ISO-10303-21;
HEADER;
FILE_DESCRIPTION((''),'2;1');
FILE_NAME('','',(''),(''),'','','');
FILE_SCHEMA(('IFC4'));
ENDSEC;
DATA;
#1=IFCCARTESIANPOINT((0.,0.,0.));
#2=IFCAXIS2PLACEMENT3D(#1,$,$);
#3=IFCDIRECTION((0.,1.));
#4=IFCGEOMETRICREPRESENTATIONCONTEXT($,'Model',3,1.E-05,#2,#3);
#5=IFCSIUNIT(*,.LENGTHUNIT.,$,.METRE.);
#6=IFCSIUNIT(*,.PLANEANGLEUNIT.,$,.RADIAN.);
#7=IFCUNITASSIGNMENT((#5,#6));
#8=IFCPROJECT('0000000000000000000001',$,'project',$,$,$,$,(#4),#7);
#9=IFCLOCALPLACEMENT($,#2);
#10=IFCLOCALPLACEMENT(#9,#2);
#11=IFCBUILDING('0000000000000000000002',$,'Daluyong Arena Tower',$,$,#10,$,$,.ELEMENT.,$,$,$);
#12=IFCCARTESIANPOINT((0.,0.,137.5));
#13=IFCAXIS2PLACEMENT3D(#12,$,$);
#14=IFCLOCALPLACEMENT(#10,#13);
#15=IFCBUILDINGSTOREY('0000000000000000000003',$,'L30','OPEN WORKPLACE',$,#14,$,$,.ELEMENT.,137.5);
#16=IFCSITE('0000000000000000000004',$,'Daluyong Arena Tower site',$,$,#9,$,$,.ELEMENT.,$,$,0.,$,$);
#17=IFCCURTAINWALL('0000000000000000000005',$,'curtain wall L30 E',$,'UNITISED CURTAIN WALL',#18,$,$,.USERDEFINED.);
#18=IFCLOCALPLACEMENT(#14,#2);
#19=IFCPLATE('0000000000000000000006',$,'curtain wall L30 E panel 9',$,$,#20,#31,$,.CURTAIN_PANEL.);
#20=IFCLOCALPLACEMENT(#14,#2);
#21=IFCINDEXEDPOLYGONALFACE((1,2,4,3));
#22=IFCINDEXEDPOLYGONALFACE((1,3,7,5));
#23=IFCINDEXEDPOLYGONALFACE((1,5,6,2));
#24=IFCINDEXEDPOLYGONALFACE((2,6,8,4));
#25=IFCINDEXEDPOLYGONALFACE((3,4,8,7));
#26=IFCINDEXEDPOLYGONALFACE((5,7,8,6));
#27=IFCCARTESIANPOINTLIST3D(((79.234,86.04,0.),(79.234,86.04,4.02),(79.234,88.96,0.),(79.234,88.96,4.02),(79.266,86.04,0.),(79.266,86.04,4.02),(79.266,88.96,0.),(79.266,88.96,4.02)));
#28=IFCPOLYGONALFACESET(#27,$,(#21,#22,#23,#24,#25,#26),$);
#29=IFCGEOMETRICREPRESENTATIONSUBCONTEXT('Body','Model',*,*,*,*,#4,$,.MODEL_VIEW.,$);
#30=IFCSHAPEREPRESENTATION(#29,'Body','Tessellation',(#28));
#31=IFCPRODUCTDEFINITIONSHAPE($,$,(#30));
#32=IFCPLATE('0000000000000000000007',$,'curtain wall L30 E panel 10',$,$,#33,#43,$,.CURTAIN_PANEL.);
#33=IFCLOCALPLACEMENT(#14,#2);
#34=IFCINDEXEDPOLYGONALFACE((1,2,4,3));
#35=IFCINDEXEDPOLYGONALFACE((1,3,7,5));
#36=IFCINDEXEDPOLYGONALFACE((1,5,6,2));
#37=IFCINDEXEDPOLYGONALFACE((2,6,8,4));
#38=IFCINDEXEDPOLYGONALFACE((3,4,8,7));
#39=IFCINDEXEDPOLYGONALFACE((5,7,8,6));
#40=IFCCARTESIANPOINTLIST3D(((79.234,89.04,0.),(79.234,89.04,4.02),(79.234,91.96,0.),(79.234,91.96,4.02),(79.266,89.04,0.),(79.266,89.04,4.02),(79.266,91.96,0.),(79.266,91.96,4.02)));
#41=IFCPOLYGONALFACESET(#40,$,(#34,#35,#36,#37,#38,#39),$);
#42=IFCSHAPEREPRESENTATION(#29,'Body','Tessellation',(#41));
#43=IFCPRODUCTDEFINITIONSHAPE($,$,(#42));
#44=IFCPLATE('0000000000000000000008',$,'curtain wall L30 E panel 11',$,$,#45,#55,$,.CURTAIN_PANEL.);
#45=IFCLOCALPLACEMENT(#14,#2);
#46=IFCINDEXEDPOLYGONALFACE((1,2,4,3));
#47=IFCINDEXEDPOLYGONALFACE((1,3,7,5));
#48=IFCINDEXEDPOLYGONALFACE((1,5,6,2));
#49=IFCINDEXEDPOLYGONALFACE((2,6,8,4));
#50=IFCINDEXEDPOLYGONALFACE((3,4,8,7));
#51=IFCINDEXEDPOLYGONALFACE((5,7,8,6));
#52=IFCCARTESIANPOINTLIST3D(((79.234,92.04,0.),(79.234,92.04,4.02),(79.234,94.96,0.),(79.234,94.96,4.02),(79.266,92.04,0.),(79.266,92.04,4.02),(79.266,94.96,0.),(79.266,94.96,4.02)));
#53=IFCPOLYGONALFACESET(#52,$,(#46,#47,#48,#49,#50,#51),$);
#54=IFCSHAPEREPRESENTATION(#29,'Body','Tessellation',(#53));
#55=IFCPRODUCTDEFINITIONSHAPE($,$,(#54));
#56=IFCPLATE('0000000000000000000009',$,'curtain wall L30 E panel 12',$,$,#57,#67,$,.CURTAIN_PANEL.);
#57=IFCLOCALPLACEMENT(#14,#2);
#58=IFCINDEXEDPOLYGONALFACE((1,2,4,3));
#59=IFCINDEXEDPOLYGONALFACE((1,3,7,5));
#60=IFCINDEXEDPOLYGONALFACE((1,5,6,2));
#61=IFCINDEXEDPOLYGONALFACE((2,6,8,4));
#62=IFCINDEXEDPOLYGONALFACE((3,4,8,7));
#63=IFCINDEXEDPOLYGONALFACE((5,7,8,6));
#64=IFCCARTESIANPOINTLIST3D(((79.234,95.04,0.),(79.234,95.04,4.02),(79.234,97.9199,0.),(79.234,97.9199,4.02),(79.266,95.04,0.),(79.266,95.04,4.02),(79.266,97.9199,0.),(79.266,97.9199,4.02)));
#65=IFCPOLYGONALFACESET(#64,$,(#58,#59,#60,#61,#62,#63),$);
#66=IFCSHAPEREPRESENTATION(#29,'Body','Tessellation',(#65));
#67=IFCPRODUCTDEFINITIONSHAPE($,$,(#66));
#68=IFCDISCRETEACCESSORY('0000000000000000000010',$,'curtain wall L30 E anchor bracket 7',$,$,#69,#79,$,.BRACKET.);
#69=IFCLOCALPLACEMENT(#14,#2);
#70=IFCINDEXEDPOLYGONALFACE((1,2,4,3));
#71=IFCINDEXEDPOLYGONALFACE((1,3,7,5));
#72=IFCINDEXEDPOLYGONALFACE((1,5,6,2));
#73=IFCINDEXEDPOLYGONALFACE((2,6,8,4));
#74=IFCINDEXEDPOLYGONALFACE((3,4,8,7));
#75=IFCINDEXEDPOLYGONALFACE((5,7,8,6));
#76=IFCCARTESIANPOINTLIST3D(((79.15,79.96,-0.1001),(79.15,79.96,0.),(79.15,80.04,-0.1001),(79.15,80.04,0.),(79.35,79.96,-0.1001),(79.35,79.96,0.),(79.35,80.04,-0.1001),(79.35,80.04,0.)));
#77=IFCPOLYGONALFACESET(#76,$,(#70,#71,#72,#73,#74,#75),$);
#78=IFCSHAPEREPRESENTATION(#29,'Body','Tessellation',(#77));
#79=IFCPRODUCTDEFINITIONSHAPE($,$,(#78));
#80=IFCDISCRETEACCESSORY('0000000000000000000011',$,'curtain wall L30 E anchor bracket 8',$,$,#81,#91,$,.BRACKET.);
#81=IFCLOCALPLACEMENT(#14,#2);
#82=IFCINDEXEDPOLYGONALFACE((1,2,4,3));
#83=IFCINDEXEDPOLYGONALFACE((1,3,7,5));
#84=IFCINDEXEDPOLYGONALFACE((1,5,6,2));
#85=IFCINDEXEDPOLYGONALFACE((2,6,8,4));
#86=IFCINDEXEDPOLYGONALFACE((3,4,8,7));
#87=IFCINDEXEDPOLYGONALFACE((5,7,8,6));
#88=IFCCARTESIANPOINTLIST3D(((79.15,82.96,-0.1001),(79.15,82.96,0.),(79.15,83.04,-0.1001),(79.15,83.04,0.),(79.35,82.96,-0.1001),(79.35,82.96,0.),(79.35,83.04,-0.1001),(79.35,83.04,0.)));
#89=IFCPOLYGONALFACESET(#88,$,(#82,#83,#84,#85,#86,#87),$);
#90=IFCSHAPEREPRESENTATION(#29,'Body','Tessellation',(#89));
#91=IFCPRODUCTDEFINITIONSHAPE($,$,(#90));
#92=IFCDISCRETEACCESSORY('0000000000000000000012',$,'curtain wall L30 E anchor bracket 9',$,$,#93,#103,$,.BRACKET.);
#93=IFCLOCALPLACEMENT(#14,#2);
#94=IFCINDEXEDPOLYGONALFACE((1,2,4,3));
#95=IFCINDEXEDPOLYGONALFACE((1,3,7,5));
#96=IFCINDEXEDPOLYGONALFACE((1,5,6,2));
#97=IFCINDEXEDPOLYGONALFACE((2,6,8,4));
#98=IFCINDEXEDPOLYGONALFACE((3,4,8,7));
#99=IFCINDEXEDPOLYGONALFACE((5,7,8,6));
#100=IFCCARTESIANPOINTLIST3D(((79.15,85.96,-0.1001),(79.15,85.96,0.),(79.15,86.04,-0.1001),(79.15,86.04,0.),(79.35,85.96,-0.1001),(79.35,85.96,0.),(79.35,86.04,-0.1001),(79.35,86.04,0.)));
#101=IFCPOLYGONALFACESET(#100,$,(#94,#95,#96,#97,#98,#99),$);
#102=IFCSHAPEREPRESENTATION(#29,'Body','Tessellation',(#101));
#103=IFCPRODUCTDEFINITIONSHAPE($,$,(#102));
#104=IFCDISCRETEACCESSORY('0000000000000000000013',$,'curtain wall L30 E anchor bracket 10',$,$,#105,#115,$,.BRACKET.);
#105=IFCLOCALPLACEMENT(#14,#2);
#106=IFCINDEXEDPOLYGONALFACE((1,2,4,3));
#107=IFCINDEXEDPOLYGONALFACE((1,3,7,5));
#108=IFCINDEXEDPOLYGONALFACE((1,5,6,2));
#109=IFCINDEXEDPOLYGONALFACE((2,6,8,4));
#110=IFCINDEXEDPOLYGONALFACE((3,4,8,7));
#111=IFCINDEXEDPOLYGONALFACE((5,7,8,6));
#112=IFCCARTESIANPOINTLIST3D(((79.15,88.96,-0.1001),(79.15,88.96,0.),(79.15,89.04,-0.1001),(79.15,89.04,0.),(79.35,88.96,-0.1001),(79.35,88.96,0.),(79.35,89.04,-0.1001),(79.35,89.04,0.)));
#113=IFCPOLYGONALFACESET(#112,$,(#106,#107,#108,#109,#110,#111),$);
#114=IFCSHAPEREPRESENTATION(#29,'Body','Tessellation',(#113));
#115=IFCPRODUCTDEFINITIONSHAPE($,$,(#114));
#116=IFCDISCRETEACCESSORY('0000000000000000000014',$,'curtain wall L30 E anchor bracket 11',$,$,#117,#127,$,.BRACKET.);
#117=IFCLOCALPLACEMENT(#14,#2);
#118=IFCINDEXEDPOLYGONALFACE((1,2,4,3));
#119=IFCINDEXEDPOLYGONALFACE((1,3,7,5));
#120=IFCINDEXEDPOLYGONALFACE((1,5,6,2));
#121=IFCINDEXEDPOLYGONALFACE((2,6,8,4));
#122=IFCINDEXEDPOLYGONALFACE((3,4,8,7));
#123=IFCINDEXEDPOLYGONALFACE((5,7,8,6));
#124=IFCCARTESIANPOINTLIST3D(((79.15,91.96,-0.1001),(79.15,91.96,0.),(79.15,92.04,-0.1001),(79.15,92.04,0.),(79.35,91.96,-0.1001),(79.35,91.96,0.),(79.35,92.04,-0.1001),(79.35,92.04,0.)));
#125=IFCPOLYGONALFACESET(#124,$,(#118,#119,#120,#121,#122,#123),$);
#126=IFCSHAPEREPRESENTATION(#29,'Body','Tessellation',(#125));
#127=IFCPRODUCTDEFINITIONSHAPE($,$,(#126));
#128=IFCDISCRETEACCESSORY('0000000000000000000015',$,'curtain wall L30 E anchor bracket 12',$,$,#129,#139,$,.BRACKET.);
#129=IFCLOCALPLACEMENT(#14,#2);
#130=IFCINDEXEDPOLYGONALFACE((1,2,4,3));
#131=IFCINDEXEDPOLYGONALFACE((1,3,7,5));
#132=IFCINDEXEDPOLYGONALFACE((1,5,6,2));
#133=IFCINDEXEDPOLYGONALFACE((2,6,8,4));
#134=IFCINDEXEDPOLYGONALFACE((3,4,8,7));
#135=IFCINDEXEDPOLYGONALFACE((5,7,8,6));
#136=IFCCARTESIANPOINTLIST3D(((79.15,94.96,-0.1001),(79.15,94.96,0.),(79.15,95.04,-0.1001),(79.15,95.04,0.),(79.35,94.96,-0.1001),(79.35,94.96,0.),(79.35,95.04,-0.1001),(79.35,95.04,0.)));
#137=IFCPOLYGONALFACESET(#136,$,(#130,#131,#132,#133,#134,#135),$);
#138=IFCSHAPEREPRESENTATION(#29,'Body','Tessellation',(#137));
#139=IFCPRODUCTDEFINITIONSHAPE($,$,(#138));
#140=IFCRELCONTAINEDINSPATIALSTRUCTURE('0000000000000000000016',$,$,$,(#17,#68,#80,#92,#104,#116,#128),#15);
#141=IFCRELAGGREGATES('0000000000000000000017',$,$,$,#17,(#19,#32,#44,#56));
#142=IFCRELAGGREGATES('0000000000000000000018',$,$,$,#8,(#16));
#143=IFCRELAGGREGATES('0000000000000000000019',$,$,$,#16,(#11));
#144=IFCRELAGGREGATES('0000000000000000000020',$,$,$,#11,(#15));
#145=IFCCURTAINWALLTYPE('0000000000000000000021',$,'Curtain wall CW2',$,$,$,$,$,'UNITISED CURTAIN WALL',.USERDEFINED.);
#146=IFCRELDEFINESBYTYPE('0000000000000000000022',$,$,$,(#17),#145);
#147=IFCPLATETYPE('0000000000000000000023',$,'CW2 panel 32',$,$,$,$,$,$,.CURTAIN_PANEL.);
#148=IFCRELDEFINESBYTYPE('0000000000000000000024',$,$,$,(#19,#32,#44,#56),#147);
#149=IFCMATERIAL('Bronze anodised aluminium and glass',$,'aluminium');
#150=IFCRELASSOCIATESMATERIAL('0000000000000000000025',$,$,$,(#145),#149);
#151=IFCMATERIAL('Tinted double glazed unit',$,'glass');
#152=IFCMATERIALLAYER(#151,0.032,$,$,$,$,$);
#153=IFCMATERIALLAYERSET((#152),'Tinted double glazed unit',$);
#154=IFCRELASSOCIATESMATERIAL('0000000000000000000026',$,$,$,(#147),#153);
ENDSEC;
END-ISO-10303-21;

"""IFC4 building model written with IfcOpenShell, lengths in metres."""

from ifc_helpers import new_model, si_unit, direction, frame, origin, origin_2d, place, context, subcontext, project, spatial, rectangle, extrude, material, layer, layer_set, type_object, element, aggregate, save


model = new_model("IFC4")

# Units and contexts
model_context = context("Model", 3, precision=1e-05, world=origin(), true_north=direction((0.0, 1.0)))
body_context = subcontext(model_context, "Body", "Model", "MODEL_VIEW")
ifc_project = project(units=[si_unit("LENGTHUNIT", "METRE"), si_unit("PLANEANGLEUNIT", "RADIAN")], contexts=[model_context])

# Site, building, storey
site_placement = place(None, origin())
site = spatial("IfcSite", under=ifc_project, at=site_placement, Name="Daluyong Arena Tower site", CompositionType="ELEMENT", RefElevation=0.0)
building_placement = place(site_placement, origin())
building = spatial("IfcBuilding", under=site, at=building_placement, Name="Daluyong Arena Tower", CompositionType="ELEMENT")
storey_placement = place(building_placement, frame((0.0, 0.0, 137.5)))
storey = spatial("IfcBuildingStorey", under=building, at=storey_placement, Name="L30", Description="OPEN WORKPLACE", CompositionType="ELEMENT", Elevation=137.5)

# Curtain wall
ifc_material_1 = material(Name="Bronze anodised aluminium and glass", Category="aluminium")
curtain_wall_type = type_object("IfcCurtainWallType", Name="Curtain wall CW2", ElementType="UNITISED CURTAIN WALL", PredefinedType="USERDEFINED", material=ifc_material_1)
curtain_wall_placement = place(storey_placement, origin())
curtain_wall = element("IfcCurtainWall", 1, at=curtain_wall_placement, inside=storey, type_object=curtain_wall_type, Name="curtain wall L30 E", ObjectType="UNITISED CURTAIN WALL", PredefinedType="USERDEFINED")

# Plates
ifc_material_2 = material(Name="Tinted double glazed unit", Category="glass")
ifc_layer = layer(ifc_material_2, 0.032)
ifc_layer_set = layer_set([ifc_layer], Name="Tinted double glazed unit")
plate_type = type_object("IfcPlateType", Name="CW2 panel 32", PredefinedType="CURTAIN_PANEL", material=ifc_layer_set)
plate_1_placement = place(storey_placement, frame((79.25, 87.5, 0.0), z_axis=(0.0, 0.0, 1.0), x_axis=(0.0, 1.0, 0.0)))
plate_1 = element("IfcPlate", 2, at=plate_1_placement, type_object=plate_type, Name="curtain wall L30 E panel 9", PredefinedType="CURTAIN_PANEL", context=body_context, shape_type="SweptSolid", body=[
    extrude(rectangle(XDim=2.9199, YDim=0.032, at=origin_2d()), origin(), (0.0, 0.0, 1.0), 4.02),
])
plate_2_placement = place(storey_placement, frame((79.25, 90.5, 0.0), z_axis=(0.0, 0.0, 1.0), x_axis=(0.0, 1.0, 0.0)))
plate_2 = element("IfcPlate", 3, at=plate_2_placement, type_object=plate_type, Name="curtain wall L30 E panel 10", PredefinedType="CURTAIN_PANEL", context=body_context, shape_type="SweptSolid", body=[
    extrude(rectangle(XDim=2.9199, YDim=0.032, at=origin_2d()), origin(), (0.0, 0.0, 1.0), 4.02),
])
plate_3_placement = place(storey_placement, frame((79.25, 93.5, 0.0), z_axis=(0.0, 0.0, 1.0), x_axis=(0.0, 1.0, 0.0)))
plate_3 = element("IfcPlate", 4, at=plate_3_placement, type_object=plate_type, Name="curtain wall L30 E panel 11", PredefinedType="CURTAIN_PANEL", context=body_context, shape_type="SweptSolid", body=[
    extrude(rectangle(XDim=2.9199, YDim=0.032, at=origin_2d()), origin(), (0.0, 0.0, 1.0), 4.02),
])
plate_4_placement = place(storey_placement, frame((79.25, 96.48, 0.0), z_axis=(0.0, 0.0, 1.0), x_axis=(0.0, 1.0, 0.0)))
plate_4 = element("IfcPlate", 5, at=plate_4_placement, type_object=plate_type, Name="curtain wall L30 E panel 12", PredefinedType="CURTAIN_PANEL", context=body_context, shape_type="SweptSolid", body=[
    extrude(rectangle(XDim=2.8799, YDim=0.032, at=origin_2d()), origin(), (0.0, 0.0, 1.0), 4.02),
])
aggregate(curtain_wall, [plate_1, plate_2, plate_3, plate_4])

# Discrete accessories
for number, where, z_axis, x_axis, name in (
    (6, (79.25, 80.0, -0.1001), (0.0, 0.0, 1.0), (0.0, 1.0, 0.0), "curtain wall L30 E anchor bracket 7"),
    (7, (79.25, 83.0, -0.1001), (0.0, 0.0, 1.0), (0.0, 1.0, 0.0), "curtain wall L30 E anchor bracket 8"),
    (8, (79.25, 86.0, -0.1001), (0.0, 0.0, 1.0), (0.0, 1.0, 0.0), "curtain wall L30 E anchor bracket 9"),
    (9, (79.25, 89.0, -0.1001), (0.0, 0.0, 1.0), (0.0, 1.0, 0.0), "curtain wall L30 E anchor bracket 10"),
    (10, (79.25, 92.0, -0.1001), (0.0, 0.0, 1.0), (0.0, 1.0, 0.0), "curtain wall L30 E anchor bracket 11"),
    (11, (79.25, 95.0, -0.1001), (0.0, 0.0, 1.0), (0.0, 1.0, 0.0), "curtain wall L30 E anchor bracket 12"),
):
    element("IfcDiscreteAccessory", number, at=place(storey_placement, frame(where, z_axis=z_axis, x_axis=x_axis)), inside=storey, Name=name, PredefinedType="BRACKET", context=body_context, shape_type="SweptSolid", body=[
        extrude(rectangle(XDim=0.0801, YDim=0.2, at=origin_2d()), origin(), (0.0, 0.0, 1.0), 0.1001),
    ])

save(model, "model.ifc")
